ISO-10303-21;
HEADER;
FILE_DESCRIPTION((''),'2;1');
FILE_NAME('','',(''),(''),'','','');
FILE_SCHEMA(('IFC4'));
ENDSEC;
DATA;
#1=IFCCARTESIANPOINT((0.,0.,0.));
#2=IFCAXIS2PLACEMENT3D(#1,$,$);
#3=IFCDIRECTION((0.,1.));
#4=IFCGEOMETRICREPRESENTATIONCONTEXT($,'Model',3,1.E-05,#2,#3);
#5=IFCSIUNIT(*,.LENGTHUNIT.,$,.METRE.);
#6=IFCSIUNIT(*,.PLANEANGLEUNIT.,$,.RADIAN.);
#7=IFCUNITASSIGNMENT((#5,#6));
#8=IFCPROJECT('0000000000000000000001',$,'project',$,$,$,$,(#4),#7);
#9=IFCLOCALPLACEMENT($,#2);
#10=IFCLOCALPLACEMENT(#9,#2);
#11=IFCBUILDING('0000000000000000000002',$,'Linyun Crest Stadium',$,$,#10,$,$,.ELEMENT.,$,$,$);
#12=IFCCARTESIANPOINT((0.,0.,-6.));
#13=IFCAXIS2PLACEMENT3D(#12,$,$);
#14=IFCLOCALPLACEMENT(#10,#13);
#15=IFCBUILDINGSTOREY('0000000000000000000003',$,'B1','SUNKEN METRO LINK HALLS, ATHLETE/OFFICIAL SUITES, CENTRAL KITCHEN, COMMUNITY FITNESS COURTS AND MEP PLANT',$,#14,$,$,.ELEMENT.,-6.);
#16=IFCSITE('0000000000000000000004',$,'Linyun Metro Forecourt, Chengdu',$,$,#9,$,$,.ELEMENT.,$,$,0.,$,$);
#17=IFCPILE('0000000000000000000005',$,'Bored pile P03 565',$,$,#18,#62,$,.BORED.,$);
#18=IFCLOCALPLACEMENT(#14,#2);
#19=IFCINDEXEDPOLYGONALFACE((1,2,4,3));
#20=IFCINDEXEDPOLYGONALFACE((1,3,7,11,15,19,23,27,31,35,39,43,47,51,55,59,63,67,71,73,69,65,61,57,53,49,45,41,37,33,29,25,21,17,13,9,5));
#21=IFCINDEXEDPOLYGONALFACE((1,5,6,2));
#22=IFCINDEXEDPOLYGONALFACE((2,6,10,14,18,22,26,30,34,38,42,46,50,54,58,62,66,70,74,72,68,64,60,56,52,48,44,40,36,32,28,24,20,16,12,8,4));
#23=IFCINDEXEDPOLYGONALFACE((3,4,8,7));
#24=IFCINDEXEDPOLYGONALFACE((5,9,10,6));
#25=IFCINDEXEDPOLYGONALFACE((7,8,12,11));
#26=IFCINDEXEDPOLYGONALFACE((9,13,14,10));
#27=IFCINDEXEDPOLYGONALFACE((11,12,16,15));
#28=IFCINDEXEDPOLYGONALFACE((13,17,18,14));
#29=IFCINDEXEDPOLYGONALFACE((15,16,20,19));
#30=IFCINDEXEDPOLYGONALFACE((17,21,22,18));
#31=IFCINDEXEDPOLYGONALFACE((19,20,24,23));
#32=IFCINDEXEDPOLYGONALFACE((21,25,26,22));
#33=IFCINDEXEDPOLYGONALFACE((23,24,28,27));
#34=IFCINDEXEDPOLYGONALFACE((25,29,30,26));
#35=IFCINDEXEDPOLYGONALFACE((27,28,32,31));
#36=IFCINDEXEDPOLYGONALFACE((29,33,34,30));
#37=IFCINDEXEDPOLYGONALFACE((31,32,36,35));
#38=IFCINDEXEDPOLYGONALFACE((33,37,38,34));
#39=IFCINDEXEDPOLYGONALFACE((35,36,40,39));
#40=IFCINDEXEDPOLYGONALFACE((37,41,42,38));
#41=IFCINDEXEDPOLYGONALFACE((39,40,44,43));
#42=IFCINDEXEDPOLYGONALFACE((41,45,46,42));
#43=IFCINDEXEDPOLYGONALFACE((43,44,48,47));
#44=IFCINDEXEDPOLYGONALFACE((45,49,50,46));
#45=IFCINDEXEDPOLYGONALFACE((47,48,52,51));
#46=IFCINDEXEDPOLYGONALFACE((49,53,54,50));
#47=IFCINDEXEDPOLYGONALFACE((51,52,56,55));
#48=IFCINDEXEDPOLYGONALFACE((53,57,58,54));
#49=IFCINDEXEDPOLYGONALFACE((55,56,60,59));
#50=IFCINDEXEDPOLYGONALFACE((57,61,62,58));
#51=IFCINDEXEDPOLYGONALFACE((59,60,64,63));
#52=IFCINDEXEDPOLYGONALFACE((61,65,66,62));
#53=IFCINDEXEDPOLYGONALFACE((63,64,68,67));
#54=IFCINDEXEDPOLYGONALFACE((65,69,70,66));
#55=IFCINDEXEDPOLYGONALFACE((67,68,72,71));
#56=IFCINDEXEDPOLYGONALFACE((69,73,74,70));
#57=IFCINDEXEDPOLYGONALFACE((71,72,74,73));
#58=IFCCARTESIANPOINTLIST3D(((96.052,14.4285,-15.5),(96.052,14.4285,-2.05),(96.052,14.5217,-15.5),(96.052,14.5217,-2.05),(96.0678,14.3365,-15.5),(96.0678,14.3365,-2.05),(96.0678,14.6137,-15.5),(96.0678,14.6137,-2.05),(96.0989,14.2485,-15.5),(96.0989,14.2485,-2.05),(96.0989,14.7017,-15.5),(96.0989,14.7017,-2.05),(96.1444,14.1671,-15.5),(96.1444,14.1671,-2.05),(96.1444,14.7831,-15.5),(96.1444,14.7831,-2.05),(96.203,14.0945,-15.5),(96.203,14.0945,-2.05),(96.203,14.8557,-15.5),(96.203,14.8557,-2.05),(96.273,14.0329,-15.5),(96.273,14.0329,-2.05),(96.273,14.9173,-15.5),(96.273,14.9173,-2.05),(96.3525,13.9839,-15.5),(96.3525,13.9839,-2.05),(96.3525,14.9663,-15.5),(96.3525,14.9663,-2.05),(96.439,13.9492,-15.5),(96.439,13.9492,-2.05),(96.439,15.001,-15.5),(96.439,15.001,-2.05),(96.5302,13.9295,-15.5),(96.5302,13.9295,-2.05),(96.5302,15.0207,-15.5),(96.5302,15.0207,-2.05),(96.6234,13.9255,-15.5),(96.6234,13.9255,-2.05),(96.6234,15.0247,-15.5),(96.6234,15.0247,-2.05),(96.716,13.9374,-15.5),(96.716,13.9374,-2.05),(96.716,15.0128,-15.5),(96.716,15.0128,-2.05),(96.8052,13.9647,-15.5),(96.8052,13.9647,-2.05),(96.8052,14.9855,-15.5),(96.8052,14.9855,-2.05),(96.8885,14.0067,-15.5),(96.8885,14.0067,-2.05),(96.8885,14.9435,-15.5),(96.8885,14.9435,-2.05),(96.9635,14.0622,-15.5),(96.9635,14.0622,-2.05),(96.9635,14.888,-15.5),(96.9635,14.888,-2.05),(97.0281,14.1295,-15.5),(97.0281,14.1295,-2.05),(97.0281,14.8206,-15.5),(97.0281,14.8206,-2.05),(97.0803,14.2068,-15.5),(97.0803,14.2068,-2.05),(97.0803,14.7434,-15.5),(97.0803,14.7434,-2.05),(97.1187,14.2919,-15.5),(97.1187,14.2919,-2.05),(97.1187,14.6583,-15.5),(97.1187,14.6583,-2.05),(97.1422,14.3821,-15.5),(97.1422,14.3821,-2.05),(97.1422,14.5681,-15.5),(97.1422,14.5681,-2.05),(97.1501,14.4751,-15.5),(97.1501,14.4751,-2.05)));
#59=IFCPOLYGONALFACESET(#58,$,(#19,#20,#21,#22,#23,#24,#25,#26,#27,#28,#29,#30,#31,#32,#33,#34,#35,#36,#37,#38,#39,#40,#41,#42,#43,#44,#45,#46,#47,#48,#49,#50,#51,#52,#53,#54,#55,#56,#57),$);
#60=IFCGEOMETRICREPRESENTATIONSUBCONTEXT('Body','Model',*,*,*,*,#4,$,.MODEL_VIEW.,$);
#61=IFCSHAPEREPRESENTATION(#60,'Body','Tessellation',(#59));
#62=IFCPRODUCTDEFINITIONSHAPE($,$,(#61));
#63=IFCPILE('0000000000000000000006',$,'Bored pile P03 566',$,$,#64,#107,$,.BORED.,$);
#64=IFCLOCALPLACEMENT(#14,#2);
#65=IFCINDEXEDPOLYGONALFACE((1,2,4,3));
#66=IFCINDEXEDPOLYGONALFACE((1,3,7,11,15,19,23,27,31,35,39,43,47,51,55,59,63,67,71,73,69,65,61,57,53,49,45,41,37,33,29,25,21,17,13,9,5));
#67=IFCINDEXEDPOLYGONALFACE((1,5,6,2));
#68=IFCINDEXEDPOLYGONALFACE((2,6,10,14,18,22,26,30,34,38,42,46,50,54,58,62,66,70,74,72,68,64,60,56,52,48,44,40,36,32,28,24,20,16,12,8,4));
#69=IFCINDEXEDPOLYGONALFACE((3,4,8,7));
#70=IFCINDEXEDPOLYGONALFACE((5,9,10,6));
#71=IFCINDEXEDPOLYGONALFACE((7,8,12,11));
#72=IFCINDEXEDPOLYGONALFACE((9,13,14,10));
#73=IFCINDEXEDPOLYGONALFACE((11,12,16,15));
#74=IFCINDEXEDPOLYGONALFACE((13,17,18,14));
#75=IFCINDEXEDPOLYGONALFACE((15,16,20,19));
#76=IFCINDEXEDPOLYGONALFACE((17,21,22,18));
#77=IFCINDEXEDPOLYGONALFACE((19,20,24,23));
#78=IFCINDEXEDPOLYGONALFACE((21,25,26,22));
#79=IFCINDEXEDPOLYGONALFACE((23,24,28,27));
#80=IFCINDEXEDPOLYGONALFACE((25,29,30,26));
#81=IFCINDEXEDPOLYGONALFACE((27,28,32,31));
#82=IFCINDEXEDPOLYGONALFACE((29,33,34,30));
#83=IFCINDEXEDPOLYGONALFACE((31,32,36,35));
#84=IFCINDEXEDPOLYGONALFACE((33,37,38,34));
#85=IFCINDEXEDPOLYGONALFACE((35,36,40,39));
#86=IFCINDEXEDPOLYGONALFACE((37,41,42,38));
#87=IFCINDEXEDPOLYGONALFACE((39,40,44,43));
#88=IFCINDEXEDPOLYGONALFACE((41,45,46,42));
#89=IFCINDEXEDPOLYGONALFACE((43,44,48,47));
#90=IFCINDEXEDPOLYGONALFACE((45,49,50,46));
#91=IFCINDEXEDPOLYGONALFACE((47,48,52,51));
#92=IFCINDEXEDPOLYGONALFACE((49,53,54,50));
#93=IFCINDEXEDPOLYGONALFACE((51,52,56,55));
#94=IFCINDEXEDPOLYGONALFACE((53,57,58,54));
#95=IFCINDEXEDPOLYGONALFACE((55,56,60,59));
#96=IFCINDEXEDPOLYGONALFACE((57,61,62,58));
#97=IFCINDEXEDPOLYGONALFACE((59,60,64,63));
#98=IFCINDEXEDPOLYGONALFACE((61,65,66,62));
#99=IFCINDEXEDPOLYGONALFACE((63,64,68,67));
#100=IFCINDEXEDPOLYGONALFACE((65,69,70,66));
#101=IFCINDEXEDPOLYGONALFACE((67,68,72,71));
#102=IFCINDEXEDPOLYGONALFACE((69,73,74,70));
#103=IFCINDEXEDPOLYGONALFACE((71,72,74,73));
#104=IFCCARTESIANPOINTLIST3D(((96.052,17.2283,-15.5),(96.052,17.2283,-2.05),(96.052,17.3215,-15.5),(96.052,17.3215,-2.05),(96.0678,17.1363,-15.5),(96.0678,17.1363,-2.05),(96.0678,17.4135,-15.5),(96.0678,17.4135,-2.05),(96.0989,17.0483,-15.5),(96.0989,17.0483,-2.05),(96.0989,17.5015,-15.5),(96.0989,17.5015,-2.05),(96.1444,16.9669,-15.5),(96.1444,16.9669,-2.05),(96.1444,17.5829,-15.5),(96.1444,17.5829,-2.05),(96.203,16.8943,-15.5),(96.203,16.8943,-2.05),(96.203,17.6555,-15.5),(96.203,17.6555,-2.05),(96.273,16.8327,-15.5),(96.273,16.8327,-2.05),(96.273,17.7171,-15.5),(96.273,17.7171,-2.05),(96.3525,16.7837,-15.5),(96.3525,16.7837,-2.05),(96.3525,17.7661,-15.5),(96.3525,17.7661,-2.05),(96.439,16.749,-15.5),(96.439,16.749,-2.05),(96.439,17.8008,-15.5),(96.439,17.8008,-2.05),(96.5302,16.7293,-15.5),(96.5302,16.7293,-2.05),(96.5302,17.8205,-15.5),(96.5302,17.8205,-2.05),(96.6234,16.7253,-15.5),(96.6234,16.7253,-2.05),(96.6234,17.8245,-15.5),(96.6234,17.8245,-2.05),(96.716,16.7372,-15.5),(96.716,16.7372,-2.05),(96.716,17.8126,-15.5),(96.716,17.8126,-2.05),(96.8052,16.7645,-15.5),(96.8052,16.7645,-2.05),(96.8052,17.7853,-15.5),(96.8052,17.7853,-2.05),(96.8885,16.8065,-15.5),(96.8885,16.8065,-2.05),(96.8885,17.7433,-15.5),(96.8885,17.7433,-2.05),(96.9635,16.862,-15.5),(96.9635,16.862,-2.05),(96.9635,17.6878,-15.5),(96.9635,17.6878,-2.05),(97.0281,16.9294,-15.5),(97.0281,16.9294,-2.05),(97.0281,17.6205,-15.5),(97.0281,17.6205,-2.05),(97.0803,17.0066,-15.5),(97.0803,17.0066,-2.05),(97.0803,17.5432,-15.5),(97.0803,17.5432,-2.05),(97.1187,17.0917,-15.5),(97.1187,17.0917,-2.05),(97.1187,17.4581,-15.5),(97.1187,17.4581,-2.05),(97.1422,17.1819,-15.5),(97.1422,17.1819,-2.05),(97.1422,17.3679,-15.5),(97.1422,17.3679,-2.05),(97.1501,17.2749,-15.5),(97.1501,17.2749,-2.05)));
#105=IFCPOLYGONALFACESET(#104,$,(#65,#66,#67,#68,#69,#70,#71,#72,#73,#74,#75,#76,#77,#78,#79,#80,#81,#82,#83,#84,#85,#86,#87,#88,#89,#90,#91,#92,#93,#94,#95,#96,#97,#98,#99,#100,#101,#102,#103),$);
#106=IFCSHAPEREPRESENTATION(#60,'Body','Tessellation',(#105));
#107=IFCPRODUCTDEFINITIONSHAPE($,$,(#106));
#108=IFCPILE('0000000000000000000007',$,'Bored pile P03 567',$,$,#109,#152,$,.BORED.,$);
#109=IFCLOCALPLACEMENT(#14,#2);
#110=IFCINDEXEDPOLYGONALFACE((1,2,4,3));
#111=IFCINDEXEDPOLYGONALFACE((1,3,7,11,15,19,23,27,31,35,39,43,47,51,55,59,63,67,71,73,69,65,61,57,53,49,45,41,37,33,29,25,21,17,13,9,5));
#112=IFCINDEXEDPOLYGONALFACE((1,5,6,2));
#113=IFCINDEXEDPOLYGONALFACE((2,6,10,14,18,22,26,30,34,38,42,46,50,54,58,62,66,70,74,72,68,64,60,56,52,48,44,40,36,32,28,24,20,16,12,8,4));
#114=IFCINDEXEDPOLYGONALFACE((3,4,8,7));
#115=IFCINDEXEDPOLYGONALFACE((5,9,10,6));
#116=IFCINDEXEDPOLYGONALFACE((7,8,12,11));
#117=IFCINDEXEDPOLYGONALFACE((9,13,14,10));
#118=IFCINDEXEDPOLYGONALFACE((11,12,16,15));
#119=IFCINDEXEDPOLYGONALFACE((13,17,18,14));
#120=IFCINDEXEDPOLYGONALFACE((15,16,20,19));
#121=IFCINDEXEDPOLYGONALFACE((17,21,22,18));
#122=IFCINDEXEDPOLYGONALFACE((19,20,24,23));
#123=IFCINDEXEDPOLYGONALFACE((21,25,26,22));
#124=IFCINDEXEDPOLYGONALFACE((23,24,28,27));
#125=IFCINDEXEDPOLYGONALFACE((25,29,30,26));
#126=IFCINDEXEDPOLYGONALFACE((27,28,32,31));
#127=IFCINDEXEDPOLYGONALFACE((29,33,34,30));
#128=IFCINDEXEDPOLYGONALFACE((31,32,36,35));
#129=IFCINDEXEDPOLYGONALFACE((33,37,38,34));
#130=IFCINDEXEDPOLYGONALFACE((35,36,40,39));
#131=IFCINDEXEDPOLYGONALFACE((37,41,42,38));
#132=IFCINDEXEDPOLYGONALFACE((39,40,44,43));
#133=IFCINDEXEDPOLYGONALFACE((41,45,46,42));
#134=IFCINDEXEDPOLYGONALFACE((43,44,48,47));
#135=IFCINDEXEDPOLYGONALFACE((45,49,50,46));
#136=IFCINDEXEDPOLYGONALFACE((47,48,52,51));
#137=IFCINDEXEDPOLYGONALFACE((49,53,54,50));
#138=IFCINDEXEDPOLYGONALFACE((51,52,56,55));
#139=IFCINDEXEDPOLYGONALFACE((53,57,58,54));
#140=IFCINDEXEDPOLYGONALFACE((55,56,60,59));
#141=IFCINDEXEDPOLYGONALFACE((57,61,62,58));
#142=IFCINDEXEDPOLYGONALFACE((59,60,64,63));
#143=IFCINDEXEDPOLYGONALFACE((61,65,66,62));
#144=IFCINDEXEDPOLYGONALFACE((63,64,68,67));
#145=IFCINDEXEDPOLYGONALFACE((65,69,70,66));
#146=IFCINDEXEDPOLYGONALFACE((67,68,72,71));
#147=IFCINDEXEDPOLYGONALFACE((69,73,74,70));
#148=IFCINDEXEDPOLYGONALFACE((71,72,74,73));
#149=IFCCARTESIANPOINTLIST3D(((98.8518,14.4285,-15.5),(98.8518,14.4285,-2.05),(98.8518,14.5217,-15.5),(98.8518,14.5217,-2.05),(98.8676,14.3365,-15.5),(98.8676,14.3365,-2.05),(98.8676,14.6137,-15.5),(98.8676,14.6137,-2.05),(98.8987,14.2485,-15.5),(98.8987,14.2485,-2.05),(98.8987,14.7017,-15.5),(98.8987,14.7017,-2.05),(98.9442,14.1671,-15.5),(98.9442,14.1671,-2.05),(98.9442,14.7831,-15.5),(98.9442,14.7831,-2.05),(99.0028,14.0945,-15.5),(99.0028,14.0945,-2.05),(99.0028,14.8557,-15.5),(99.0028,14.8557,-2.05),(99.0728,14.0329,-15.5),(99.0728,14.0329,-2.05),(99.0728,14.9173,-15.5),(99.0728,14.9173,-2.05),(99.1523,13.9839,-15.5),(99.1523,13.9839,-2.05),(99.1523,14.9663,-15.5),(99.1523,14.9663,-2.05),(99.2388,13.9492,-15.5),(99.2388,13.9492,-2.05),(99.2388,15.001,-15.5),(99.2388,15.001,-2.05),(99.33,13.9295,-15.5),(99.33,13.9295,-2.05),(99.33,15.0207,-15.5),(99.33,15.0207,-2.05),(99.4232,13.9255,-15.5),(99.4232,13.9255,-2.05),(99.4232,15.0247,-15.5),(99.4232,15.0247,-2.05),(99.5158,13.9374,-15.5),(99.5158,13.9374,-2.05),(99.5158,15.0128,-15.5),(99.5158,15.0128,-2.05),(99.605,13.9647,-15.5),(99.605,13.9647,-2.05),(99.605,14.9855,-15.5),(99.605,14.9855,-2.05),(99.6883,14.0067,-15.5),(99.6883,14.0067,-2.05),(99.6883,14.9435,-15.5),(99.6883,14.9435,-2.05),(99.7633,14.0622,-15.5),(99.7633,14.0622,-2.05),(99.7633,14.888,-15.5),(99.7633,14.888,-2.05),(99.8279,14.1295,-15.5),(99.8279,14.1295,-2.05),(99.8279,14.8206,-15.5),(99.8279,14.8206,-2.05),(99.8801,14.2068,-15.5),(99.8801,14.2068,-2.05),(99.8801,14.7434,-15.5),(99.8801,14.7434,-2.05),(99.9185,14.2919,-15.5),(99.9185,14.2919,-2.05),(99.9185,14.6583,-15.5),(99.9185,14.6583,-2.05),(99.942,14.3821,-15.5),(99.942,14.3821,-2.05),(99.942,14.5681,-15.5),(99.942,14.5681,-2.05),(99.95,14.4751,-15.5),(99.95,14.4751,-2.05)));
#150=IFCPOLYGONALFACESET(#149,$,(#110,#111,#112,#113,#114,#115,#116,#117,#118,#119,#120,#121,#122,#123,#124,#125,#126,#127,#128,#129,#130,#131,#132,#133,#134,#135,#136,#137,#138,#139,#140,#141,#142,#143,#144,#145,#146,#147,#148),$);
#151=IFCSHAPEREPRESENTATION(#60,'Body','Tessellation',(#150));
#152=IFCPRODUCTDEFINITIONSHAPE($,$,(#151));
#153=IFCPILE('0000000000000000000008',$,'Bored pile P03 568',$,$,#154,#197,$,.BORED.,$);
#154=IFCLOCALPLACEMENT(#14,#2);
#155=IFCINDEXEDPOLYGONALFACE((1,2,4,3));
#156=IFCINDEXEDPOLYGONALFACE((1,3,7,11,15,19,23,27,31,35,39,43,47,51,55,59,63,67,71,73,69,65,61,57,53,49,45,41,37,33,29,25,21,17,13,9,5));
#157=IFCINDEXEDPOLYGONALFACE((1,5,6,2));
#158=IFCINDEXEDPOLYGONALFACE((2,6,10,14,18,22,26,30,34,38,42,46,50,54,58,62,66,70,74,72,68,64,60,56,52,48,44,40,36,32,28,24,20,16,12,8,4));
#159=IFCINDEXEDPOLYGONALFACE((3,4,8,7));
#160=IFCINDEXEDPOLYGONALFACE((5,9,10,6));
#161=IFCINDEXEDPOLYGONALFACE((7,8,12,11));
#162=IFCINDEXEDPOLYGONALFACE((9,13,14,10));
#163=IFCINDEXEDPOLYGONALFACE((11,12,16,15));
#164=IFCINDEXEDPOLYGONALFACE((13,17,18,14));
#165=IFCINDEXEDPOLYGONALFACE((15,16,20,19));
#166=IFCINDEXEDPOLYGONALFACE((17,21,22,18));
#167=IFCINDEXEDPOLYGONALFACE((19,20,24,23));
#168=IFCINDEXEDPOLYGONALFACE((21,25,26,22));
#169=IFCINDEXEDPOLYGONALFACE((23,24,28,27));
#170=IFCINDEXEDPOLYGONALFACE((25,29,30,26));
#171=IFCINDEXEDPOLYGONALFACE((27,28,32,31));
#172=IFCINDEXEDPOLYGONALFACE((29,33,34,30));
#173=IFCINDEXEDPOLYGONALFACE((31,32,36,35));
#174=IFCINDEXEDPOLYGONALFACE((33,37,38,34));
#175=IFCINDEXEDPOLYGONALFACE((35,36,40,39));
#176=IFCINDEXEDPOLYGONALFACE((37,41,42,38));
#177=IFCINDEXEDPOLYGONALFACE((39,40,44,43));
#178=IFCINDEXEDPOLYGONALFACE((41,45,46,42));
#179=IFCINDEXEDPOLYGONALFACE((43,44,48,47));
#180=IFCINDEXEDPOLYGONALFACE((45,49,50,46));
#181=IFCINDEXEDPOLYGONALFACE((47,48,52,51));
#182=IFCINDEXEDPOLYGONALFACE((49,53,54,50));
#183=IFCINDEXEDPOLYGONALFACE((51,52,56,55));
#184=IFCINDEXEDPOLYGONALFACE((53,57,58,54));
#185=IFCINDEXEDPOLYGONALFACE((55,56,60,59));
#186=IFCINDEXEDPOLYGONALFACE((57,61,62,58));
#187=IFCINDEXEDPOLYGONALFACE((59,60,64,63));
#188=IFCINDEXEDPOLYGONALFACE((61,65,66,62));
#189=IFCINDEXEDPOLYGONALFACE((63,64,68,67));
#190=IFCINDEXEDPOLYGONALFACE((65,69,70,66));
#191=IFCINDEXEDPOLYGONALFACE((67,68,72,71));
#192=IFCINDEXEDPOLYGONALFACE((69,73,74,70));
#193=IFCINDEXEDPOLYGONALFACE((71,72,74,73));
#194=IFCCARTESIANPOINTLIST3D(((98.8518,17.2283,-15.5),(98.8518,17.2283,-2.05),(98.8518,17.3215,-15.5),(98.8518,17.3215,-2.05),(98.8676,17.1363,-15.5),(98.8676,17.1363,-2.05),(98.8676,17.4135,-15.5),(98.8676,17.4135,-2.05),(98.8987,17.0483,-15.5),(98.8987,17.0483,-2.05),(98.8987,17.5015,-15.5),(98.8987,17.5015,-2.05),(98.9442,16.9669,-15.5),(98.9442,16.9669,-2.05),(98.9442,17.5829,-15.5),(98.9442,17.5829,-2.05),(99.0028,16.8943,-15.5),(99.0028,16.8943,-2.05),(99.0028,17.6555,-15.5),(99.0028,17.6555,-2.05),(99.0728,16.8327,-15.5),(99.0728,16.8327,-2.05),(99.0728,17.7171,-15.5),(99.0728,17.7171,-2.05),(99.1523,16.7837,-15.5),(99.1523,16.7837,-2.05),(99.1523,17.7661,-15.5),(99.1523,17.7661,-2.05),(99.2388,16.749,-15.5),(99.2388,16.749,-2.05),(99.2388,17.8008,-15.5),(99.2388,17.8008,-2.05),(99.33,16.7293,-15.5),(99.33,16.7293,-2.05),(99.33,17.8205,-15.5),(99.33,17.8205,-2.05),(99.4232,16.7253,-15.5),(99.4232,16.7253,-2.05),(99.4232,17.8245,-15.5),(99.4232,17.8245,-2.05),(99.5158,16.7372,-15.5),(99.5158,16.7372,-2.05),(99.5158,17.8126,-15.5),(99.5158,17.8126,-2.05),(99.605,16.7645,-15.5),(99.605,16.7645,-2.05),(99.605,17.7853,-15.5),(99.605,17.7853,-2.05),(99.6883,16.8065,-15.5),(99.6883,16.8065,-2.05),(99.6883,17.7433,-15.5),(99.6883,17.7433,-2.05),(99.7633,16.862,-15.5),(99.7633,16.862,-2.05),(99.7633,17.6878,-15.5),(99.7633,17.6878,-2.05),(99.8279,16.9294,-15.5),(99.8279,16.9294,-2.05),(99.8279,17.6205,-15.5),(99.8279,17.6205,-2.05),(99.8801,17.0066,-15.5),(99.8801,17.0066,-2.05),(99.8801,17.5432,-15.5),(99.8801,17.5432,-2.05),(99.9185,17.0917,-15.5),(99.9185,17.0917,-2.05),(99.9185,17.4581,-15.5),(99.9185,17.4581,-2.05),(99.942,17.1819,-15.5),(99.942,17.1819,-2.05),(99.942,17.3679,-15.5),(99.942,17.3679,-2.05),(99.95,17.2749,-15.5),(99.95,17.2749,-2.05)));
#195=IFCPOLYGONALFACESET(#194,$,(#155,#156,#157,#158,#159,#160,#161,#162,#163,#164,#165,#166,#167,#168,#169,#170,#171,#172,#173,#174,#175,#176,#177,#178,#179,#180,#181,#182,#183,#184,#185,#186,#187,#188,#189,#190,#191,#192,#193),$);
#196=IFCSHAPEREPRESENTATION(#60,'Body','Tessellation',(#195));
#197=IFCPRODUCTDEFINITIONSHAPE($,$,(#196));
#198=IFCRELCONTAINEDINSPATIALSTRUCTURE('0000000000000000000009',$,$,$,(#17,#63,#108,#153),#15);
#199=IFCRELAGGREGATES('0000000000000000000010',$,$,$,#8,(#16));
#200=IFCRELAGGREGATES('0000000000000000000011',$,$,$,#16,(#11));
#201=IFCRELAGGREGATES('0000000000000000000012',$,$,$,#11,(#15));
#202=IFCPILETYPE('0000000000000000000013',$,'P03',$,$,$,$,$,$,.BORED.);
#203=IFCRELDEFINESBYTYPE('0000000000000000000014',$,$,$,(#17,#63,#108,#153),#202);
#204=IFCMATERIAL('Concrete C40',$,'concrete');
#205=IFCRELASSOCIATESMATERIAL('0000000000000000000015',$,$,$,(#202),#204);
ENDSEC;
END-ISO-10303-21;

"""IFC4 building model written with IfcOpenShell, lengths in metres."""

from ifc_helpers import new_model, si_unit, direction, frame, origin, origin_2d, place, context, subcontext, project, spatial, circle, extrude, material, material_profile, profile_set, type_object, element, save


model = new_model("IFC4")

# Units and contexts
model_context = context("Model", 3, precision=1e-05, world=origin(), true_north=direction((0.0, 1.0)))
body_context = subcontext(model_context, "Body", "Model", "MODEL_VIEW")
ifc_project = project(units=[si_unit("LENGTHUNIT", "METRE"), si_unit("PLANEANGLEUNIT", "RADIAN")], contexts=[model_context])

# Site, building, storey
site_placement = place(None, origin())
site = spatial("IfcSite", under=ifc_project, at=site_placement, Name="Linyun Metro Forecourt, Chengdu", CompositionType="ELEMENT", RefElevation=0.0)
building_placement = place(site_placement, origin())
building = spatial("IfcBuilding", under=site, at=building_placement, Name="Linyun Crest Stadium", CompositionType="ELEMENT")
storey_placement = place(building_placement, frame((0.0, 0.0, -6.0)))
storey = spatial("IfcBuildingStorey", under=building, at=storey_placement, Name="B1", Description="SUNKEN METRO LINK HALLS, ATHLETE/OFFICIAL SUITES, CENTRAL KITCHEN, COMMUNITY FITNESS COURTS AND MEP PLANT", CompositionType="ELEMENT", Elevation=-6.0)

# Piles
ifc_material_1 = material(Name="Concrete C40", Category="concrete")
ifc_material_profile_1 = material_profile(ifc_material_1, circle(Radius=0.55, at=origin_2d()), Name="BORED PILE 1100")
ifc_profile_set_1 = profile_set([ifc_material_profile_1], Name="Concrete C40")
pile_type = type_object("IfcPileType", Name="P03", PredefinedType="BORED", material=ifc_profile_set_1)
for number, where, z_axis, x_axis, name in (
    (1, (96.6001, 14.4751, -2.05), (0.0, 0.0, -1.0), (1.0, 0.0, 0.0), "Bored pile P03 565"),
    (2, (96.6001, 17.2749, -2.05), (0.0, 0.0, -1.0), (1.0, 0.0, 0.0), "Bored pile P03 566"),
    (3, (99.3999, 14.4751, -2.05), (0.0, 0.0, -1.0), (1.0, 0.0, 0.0), "Bored pile P03 567"),
    (4, (99.3999, 17.2749, -2.05), (0.0, 0.0, -1.0), (1.0, 0.0, 0.0), "Bored pile P03 568"),
):
    element("IfcPile", number, at=place(storey_placement, frame(where, z_axis=z_axis, x_axis=x_axis)), inside=storey, type_object=pile_type, Name=name, PredefinedType="BORED", context=body_context, shape_type="SweptSolid", body=[
        extrude(circle(Radius=0.55, at=origin_2d()), origin(), (0.0, 0.0, 1.0), 13.45),
    ])

save(model, "model.ifc")
